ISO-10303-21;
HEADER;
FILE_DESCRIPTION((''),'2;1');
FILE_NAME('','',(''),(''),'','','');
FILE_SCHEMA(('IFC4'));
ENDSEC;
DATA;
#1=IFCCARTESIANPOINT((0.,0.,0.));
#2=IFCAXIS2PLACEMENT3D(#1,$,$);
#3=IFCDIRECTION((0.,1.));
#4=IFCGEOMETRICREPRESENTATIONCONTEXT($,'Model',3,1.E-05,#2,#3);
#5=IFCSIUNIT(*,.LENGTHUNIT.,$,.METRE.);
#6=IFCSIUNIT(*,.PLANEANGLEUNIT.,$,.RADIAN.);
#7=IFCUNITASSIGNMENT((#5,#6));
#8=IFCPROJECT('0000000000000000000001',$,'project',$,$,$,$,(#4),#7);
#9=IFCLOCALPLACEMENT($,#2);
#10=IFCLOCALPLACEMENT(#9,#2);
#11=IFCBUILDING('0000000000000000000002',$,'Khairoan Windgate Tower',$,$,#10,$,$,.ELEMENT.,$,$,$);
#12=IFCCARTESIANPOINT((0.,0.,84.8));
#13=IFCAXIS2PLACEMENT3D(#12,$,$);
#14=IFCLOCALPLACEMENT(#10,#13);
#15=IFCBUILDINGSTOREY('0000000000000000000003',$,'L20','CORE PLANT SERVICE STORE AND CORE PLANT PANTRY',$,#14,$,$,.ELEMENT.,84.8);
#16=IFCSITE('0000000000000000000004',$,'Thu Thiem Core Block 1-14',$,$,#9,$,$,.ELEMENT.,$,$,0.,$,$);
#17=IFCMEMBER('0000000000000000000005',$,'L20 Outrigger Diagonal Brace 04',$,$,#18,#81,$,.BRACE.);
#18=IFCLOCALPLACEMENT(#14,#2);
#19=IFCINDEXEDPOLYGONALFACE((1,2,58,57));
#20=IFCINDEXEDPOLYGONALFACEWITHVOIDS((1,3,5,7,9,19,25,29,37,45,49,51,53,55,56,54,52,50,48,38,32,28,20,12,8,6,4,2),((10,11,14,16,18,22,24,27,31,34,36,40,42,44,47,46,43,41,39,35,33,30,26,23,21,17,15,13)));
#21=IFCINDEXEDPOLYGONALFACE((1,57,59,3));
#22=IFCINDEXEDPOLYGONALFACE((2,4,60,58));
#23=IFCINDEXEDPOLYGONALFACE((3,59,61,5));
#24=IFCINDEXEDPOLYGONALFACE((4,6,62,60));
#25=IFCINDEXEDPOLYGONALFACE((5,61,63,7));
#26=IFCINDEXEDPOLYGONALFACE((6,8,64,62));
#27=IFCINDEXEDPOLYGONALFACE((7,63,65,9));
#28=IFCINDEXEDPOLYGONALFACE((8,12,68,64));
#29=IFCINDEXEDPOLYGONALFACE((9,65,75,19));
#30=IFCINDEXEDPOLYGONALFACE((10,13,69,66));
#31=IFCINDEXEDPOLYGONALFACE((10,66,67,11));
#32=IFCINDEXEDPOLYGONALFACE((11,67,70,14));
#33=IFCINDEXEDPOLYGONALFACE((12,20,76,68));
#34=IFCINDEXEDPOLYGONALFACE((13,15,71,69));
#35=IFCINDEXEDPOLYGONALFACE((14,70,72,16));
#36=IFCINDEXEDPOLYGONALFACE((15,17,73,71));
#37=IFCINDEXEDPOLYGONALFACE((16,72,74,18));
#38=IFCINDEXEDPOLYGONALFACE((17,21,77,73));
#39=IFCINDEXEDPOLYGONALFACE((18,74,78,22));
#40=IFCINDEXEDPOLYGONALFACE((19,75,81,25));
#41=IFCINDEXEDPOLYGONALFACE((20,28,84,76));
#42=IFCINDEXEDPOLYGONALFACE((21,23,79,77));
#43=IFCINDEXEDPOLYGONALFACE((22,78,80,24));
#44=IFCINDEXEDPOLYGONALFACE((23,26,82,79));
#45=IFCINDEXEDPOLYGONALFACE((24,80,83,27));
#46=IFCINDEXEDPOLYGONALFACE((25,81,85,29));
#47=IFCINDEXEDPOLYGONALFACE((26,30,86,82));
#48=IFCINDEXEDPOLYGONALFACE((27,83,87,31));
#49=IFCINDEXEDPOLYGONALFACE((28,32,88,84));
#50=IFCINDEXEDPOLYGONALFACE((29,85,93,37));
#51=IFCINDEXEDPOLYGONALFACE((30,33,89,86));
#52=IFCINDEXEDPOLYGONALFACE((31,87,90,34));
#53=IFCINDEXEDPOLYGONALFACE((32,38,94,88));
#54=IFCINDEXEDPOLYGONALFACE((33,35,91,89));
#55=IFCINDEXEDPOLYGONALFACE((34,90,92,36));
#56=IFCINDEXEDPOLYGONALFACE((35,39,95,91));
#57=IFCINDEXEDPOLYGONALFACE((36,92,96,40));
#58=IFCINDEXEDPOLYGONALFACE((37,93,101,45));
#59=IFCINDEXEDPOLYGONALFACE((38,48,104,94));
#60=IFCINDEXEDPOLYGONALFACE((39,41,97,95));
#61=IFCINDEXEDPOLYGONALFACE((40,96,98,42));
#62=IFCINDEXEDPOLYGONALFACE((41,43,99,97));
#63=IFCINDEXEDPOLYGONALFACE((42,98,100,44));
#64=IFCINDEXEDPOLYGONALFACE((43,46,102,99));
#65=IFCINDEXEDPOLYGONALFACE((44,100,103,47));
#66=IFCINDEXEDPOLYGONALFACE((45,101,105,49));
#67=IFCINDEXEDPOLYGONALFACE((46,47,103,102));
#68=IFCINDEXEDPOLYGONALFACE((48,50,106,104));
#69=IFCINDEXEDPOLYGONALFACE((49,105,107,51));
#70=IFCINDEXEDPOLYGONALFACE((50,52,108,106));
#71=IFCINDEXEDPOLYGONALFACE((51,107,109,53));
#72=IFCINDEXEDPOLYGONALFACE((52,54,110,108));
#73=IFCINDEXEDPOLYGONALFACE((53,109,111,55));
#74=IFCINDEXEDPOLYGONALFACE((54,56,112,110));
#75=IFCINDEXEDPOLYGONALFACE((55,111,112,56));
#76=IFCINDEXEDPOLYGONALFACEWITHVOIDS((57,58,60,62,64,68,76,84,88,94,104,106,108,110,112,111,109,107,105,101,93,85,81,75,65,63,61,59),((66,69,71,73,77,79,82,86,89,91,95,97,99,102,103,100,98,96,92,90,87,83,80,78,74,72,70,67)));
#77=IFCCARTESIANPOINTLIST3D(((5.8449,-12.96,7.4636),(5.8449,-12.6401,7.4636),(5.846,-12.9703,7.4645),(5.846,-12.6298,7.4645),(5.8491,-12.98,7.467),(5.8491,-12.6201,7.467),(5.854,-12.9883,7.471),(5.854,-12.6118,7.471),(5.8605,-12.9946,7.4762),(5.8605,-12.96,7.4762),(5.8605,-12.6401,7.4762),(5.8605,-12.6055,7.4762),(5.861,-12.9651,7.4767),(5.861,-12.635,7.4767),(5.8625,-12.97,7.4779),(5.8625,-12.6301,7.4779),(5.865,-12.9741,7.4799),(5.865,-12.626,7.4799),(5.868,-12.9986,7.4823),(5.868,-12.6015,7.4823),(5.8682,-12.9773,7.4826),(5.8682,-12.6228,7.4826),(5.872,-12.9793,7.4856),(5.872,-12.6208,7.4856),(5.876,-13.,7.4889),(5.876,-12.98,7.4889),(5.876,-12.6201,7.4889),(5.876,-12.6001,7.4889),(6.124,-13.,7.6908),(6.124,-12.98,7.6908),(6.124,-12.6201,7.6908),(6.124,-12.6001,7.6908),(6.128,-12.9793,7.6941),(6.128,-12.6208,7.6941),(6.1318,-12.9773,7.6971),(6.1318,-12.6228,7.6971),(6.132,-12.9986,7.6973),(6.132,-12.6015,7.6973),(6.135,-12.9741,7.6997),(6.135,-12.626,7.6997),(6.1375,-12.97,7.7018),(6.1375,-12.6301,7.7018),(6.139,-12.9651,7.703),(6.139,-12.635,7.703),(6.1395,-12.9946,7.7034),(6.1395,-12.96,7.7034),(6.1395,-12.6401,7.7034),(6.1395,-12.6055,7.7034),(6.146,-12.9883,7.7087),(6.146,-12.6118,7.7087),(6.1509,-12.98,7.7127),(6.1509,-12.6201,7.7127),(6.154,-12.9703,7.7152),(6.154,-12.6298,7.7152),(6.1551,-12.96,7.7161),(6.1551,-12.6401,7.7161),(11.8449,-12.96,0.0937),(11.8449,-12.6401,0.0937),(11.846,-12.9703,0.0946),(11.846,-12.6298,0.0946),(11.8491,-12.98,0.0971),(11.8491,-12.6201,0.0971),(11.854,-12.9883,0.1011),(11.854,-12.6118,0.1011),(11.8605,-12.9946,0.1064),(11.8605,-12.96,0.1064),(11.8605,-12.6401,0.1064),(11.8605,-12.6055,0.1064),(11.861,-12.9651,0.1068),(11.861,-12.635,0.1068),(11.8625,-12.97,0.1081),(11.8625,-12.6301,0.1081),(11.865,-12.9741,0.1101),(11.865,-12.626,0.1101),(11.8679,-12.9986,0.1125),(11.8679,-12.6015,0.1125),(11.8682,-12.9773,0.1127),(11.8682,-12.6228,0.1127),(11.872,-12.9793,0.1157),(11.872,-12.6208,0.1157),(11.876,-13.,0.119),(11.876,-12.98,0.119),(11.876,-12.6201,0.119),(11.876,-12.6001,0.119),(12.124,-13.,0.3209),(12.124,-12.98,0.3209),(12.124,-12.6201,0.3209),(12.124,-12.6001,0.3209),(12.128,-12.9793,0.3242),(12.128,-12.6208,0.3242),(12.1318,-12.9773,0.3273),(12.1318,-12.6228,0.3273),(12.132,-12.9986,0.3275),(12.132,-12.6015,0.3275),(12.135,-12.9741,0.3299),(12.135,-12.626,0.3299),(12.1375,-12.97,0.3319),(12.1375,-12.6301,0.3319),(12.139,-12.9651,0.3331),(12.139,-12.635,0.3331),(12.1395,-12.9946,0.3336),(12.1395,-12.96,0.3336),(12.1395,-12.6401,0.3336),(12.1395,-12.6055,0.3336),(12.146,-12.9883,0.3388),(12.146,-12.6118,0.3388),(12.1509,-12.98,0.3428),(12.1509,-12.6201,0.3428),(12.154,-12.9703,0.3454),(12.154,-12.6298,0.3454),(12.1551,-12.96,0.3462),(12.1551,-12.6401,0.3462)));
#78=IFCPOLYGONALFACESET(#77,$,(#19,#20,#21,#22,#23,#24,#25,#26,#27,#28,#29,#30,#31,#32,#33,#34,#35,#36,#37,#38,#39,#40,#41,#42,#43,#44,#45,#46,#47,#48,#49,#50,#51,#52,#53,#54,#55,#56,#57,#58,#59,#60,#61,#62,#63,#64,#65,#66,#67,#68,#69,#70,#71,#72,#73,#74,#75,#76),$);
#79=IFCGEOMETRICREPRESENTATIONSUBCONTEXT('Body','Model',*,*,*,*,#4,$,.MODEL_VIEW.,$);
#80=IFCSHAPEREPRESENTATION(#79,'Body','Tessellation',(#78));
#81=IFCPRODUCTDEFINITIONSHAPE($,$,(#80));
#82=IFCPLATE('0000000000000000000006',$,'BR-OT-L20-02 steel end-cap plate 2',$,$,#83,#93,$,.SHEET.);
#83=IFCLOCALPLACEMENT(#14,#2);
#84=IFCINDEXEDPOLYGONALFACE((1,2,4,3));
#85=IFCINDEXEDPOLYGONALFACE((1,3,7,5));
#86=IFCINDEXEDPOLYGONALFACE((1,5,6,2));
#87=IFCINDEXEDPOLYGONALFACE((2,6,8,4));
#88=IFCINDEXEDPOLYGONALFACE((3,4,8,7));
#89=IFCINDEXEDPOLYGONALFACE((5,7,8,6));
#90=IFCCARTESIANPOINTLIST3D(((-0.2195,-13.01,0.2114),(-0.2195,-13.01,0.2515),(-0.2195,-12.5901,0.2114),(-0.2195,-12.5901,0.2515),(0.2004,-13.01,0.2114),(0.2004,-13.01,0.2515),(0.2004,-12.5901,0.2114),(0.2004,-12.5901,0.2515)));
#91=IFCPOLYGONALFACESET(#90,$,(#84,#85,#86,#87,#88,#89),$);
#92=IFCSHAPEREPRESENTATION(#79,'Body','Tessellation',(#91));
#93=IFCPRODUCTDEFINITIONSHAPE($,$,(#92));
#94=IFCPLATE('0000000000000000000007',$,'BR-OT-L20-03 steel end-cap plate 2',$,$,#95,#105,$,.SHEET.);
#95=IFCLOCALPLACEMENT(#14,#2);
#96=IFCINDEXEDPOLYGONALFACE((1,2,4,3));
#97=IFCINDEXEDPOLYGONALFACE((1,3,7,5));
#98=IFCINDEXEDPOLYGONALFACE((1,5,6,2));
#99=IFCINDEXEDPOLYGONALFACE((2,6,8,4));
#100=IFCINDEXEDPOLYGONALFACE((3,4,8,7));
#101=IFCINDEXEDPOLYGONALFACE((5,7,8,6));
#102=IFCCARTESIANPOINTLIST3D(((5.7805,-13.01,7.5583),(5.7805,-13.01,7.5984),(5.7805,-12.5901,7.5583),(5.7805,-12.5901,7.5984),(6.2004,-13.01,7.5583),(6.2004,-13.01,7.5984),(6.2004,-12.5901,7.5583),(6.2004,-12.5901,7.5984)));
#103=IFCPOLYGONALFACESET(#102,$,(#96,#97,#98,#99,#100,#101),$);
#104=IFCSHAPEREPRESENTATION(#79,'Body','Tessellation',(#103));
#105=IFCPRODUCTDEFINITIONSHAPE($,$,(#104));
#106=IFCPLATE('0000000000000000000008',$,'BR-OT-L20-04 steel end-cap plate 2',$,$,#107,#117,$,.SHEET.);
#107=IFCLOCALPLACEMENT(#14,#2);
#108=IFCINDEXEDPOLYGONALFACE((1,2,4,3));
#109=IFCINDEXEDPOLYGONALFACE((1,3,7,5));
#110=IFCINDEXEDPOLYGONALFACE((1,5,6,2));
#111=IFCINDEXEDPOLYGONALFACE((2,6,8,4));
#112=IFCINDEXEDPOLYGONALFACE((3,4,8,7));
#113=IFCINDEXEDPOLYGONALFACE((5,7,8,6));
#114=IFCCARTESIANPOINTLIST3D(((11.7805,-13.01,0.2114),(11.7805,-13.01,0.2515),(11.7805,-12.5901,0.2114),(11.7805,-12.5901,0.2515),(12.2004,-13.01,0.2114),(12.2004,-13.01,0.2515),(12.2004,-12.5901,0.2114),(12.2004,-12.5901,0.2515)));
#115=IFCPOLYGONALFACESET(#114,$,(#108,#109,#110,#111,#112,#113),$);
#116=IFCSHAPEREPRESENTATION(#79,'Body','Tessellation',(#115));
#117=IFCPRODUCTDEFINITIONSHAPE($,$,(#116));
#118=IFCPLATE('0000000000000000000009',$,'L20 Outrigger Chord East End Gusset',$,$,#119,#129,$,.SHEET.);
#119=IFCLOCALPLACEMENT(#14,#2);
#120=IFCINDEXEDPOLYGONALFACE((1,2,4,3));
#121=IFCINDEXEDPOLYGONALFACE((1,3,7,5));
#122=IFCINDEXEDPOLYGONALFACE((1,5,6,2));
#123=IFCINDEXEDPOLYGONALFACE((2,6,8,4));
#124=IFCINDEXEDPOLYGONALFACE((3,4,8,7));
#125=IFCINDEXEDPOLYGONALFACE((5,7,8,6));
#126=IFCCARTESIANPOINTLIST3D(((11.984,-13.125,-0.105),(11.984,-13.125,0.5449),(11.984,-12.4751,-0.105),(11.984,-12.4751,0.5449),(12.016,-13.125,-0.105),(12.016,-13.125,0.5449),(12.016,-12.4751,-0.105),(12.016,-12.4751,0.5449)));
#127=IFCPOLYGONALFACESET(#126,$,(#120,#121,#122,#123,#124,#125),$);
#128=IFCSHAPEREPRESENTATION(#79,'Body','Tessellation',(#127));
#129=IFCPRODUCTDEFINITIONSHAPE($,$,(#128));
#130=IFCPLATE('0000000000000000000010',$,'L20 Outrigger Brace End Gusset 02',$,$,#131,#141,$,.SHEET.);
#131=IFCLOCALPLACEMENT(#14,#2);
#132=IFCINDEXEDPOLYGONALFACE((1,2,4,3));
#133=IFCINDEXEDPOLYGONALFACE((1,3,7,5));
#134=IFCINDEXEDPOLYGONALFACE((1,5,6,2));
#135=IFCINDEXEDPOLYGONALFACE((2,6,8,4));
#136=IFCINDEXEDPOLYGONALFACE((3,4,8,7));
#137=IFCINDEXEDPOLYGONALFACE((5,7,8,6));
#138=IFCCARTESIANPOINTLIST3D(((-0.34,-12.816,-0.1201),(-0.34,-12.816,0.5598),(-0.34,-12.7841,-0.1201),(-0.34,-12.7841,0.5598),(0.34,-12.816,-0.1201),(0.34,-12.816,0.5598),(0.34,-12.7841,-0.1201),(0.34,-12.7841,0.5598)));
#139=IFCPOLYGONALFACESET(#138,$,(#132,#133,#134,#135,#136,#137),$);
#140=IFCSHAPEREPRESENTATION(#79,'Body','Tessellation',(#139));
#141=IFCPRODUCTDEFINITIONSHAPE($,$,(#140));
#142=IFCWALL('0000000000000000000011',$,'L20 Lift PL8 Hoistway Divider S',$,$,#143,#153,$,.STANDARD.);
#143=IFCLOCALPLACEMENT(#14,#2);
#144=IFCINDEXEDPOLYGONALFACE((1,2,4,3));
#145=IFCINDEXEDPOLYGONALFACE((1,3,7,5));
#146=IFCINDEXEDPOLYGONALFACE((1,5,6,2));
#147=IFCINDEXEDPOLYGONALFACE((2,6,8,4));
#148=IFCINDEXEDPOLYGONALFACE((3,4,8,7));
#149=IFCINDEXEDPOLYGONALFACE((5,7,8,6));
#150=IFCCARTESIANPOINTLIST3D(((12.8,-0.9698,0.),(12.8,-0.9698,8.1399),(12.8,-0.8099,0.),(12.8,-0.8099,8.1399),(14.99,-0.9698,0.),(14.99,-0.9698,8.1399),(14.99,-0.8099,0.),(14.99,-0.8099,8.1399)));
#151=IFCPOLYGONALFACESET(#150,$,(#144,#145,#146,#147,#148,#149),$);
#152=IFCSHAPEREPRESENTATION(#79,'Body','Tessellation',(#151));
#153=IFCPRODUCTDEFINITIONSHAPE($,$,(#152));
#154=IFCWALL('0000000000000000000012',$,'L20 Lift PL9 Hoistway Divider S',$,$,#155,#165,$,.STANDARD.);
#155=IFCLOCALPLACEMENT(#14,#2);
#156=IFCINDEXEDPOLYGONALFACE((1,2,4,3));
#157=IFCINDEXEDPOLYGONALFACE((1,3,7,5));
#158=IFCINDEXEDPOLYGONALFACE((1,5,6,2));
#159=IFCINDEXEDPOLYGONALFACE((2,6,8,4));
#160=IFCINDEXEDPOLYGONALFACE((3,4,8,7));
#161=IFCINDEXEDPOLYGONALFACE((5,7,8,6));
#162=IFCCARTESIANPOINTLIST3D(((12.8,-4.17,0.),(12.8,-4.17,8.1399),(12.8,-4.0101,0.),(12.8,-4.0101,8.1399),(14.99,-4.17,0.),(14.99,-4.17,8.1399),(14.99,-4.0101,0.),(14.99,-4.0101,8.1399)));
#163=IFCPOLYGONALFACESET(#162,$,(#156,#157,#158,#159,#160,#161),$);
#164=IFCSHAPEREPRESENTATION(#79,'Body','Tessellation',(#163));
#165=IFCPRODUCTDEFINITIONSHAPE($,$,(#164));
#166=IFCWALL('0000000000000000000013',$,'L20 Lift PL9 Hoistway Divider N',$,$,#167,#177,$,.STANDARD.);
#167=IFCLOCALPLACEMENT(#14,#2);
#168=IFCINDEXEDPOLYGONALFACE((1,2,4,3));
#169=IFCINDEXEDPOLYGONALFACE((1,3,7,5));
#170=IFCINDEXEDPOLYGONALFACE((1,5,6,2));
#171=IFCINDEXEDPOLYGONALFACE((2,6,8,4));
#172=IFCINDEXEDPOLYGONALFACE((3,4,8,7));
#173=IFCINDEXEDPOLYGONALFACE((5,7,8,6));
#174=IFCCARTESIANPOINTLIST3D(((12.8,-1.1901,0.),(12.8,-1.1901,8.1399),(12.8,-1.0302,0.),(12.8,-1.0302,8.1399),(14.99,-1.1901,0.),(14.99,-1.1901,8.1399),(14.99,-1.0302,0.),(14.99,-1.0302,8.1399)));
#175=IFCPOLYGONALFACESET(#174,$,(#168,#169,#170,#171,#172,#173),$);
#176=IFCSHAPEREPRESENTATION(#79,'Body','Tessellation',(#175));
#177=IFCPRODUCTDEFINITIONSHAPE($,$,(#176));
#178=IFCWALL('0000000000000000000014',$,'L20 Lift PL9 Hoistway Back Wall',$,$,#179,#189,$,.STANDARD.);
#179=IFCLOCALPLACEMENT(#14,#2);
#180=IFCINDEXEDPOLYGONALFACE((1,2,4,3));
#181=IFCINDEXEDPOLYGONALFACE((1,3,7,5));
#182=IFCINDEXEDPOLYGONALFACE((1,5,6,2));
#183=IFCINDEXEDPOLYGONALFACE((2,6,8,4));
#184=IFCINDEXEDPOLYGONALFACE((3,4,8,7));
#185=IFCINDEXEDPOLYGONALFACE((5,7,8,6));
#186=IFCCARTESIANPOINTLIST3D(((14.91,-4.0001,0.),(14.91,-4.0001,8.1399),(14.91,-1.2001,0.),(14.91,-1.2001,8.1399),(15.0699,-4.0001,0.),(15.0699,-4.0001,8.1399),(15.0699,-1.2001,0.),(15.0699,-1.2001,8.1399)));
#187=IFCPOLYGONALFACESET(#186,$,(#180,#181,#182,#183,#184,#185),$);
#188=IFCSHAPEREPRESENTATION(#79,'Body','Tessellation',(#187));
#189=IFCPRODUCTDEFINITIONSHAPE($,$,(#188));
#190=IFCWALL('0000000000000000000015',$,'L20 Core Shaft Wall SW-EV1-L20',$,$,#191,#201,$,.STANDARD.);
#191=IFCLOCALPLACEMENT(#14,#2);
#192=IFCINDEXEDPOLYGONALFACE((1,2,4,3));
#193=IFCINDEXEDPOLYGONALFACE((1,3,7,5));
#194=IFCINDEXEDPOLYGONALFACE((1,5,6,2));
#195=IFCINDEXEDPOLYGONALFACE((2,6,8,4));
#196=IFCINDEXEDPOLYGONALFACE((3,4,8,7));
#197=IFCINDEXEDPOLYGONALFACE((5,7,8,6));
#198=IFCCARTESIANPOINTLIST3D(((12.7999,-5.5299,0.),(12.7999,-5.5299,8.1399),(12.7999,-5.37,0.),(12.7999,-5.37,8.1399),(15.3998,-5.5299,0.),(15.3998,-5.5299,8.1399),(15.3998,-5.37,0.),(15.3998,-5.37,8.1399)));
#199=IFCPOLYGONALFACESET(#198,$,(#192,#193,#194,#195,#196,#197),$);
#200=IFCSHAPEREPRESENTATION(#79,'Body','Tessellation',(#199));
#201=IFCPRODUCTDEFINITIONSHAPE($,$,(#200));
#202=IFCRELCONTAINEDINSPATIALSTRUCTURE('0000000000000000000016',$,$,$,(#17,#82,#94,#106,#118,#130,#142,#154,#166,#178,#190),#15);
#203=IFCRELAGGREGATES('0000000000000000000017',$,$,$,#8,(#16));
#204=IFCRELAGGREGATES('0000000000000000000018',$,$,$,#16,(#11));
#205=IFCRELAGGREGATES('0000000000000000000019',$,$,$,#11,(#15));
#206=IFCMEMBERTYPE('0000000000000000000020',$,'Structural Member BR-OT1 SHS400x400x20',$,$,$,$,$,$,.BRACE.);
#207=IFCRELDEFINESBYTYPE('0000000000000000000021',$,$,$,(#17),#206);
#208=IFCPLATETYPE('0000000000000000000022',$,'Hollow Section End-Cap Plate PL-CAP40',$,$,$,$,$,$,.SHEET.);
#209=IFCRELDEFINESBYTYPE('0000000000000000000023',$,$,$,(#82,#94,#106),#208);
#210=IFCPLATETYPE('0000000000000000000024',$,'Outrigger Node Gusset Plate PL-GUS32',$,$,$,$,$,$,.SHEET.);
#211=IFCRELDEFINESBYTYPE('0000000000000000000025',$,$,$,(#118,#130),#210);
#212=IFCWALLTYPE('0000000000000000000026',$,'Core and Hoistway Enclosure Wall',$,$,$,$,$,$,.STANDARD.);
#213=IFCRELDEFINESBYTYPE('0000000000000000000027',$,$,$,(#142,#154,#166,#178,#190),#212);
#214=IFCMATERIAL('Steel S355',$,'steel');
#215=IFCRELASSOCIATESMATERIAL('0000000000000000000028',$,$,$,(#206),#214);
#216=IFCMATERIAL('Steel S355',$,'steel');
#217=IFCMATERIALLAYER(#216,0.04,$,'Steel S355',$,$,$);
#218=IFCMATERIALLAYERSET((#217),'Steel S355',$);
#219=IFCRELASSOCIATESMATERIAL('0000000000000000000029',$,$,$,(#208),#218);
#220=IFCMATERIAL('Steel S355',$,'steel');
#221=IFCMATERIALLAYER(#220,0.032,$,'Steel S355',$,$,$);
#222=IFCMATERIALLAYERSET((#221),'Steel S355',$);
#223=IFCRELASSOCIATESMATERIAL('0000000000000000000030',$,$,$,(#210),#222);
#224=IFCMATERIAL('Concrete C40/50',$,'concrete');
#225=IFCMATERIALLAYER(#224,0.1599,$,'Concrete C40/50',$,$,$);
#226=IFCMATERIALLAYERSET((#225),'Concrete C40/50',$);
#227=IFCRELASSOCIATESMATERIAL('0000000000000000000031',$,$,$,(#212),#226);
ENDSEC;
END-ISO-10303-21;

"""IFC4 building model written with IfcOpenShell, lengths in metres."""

from ifc_helpers import new_model, si_unit, direction, frame, frame_2d, origin, origin_2d, place, context, subcontext, project, spatial, rectangle, hollow_rectangle, extrude, material, layer, layer_set, material_profile, profile_set, type_object, element, save


model = new_model("IFC4")

# Units and contexts
model_context = context("Model", 3, precision=1e-05, world=origin(), true_north=direction((0.0, 1.0)))
body_context = subcontext(model_context, "Body", "Model", "MODEL_VIEW")
ifc_project = project(units=[si_unit("LENGTHUNIT", "METRE"), si_unit("PLANEANGLEUNIT", "RADIAN")], contexts=[model_context])

# Site, building, storey
site_placement = place(None, origin())
site = spatial("IfcSite", under=ifc_project, at=site_placement, Name="Thu Thiem Core Block 1-14", CompositionType="ELEMENT", RefElevation=0.0)
building_placement = place(site_placement, origin())
building = spatial("IfcBuilding", under=site, at=building_placement, Name="Khairoan Windgate Tower", CompositionType="ELEMENT")
storey_placement = place(building_placement, frame((0.0, 0.0, 84.8)))
storey = spatial("IfcBuildingStorey", under=building, at=storey_placement, Name="L20", Description="CORE PLANT SERVICE STORE AND CORE PLANT PANTRY", CompositionType="ELEMENT", Elevation=84.8)

# Member
ifc_material_1 = material(Name="Steel S355", Category="steel")
ifc_material_profile_1 = material_profile(ifc_material_1, hollow_rectangle(XDim=0.3999, YDim=0.3999, WallThickness=0.02, InnerFilletRadius=0.02, OuterFilletRadius=0.04, at=origin_2d()))
ifc_profile_set_1 = profile_set([ifc_material_profile_1], Name="Steel S355")
member_type = type_object("IfcMemberType", Name="Structural Member BR-OT1 SHS400x400x20", PredefinedType="BRACE", material=ifc_profile_set_1)
for number, where, z_axis, x_axis, name in (
    (1, (6.0, -12.8, 7.5898), (0.631352, 0.0, -0.775497), (0.0, 1.0, 0.0), "L20 Outrigger Diagonal Brace 04"),
):
    element("IfcMember", number, at=place(storey_placement, frame(where, z_axis=z_axis, x_axis=x_axis)), inside=storey, type_object=member_type, Name=name, PredefinedType="BRACE", context=body_context, shape_type="SweptSolid", body=[
        extrude(hollow_rectangle(XDim=0.3999, YDim=0.3999, WallThickness=0.02, InnerFilletRadius=0.02, OuterFilletRadius=0.04, at=origin_2d()), origin(), (0.0, 0.0, 1.0), 9.5034),
    ])

# Plates
ifc_material_2 = material(Name="Steel S355", Category="steel")
ifc_layer_1 = layer(ifc_material_2, 0.04, Name="Steel S355")
ifc_layer_set_1 = layer_set([ifc_layer_1], Name="Steel S355")
plate_type_1 = type_object("IfcPlateType", Name="Hollow Section End-Cap Plate PL-CAP40", PredefinedType="SHEET", material=ifc_layer_set_1)
for number, where, z_axis, x_axis, name in (
    (2, (-0.0095, -12.8, 0.2114), (0.0, 0.0, 1.0), (1.0, 0.0, 0.0), "BR-OT-L20-02 steel end-cap plate 2"),
    (3, (5.9905, -12.8, 7.5583), (0.0, 0.0, 1.0), (1.0, 0.0, 0.0), "BR-OT-L20-03 steel end-cap plate 2"),
    (4, (11.9905, -12.8, 0.2114), (0.0, 0.0, 1.0), (1.0, 0.0, 0.0), "BR-OT-L20-04 steel end-cap plate 2"),
):
    element("IfcPlate", number, at=place(storey_placement, frame(where, z_axis=z_axis, x_axis=x_axis)), inside=storey, type_object=plate_type_1, Name=name, PredefinedType="SHEET", context=body_context, shape_type="SweptSolid", body=[
        extrude(rectangle(XDim=0.4199, YDim=0.4199, at=origin_2d()), origin(), (0.0, 0.0, 1.0), 0.04),
    ])
ifc_material_3 = material(Name="Steel S355", Category="steel")
ifc_layer_2 = layer(ifc_material_3, 0.032, Name="Steel S355")
ifc_layer_set_2 = layer_set([ifc_layer_2], Name="Steel S355")
plate_type_2 = type_object("IfcPlateType", Name="Outrigger Node Gusset Plate PL-GUS32", PredefinedType="SHEET", material=ifc_layer_set_2)
plate_1_placement = place(storey_placement, frame((12.0, -12.8, -0.105), z_axis=(0.0, 0.0, 1.0), x_axis=(1.0, 0.0, 0.0)))
element("IfcPlate", 5, at=plate_1_placement, inside=storey, type_object=plate_type_2, Name="L20 Outrigger Chord East End Gusset", PredefinedType="SHEET", context=body_context, shape_type="SweptSolid", body=[
    extrude(rectangle(XDim=0.032, YDim=0.6499, at=origin_2d()), origin(), (0.0, 0.0, 1.0), 0.6499),
])
plate_2_placement = place(storey_placement, frame((0.0, -12.8, -0.1201), z_axis=(0.0, 0.0, 1.0), x_axis=(1.0, 0.0, 0.0)))
element("IfcPlate", 6, at=plate_2_placement, inside=storey, type_object=plate_type_2, Name="L20 Outrigger Brace End Gusset 02", PredefinedType="SHEET", context=body_context, shape_type="SweptSolid", body=[
    extrude(rectangle(XDim=0.6799, YDim=0.032, at=origin_2d()), origin(), (0.0, 0.0, 1.0), 0.6799),
])

# Walls
ifc_material_4 = material(Name="Concrete C40/50", Category="concrete")
ifc_layer_3 = layer(ifc_material_4, 0.1599, Name="Concrete C40/50")
ifc_layer_set_3 = layer_set([ifc_layer_3], Name="Concrete C40/50")
wall_type = type_object("IfcWallType", Name="Core and Hoistway Enclosure Wall", PredefinedType="STANDARD", material=ifc_layer_set_3)
for number, where, z_axis, x_axis, name in (
    (7, (12.8, -0.8899, 0.0), (0.0, 0.0, 1.0), (1.0, 0.0, 0.0), "L20 Lift PL8 Hoistway Divider S"),
    (8, (12.8, -4.0901, 0.0), (0.0, 0.0, 1.0), (1.0, 0.0, 0.0), "L20 Lift PL9 Hoistway Divider S"),
    (9, (12.8, -1.1101, 0.0), (0.0, 0.0, 1.0), (1.0, 0.0, 0.0), "L20 Lift PL9 Hoistway Divider N"),
):
    element("IfcWall", number, at=place(storey_placement, frame(where, z_axis=z_axis, x_axis=x_axis)), inside=storey, type_object=wall_type, Name=name, PredefinedType="STANDARD", context=body_context, shape_type="SweptSolid", body=[
        extrude(rectangle(XDim=2.1899, YDim=0.1599, at=frame_2d((1.095, 0.0))), origin(), (0.0, 0.0, 1.0), 8.1399),
    ])
wall_placement = place(storey_placement, frame((14.99, -4.0, 0.0), z_axis=(0.0, 0.0, 1.0), x_axis=(0.0, 1.0, 0.0)))
element("IfcWall", 10, at=wall_placement, inside=storey, type_object=wall_type, Name="L20 Lift PL9 Hoistway Back Wall", PredefinedType="STANDARD", context=body_context, shape_type="SweptSolid", body=[
    extrude(rectangle(XDim=2.8, YDim=0.1599, at=frame_2d((1.3999, 0.0))), origin(), (0.0, 0.0, 1.0), 8.1399),
])
for number, where, z_axis, x_axis, name in (
    (11, (12.8, -5.45, 0.0), (0.0, 0.0, 1.0), (1.0, 0.0, 0.0), "L20 Core Shaft Wall SW-EV1-L20"),
):
    element("IfcWall", number, at=place(storey_placement, frame(where, z_axis=z_axis, x_axis=x_axis)), inside=storey, type_object=wall_type, Name=name, PredefinedType="STANDARD", context=body_context, shape_type="SweptSolid", body=[
        extrude(rectangle(XDim=2.5999, YDim=0.1599, at=frame_2d((1.2998, 0.0))), origin(), (0.0, 0.0, 1.0), 8.1399),
    ])

save(model, "model.ifc")
